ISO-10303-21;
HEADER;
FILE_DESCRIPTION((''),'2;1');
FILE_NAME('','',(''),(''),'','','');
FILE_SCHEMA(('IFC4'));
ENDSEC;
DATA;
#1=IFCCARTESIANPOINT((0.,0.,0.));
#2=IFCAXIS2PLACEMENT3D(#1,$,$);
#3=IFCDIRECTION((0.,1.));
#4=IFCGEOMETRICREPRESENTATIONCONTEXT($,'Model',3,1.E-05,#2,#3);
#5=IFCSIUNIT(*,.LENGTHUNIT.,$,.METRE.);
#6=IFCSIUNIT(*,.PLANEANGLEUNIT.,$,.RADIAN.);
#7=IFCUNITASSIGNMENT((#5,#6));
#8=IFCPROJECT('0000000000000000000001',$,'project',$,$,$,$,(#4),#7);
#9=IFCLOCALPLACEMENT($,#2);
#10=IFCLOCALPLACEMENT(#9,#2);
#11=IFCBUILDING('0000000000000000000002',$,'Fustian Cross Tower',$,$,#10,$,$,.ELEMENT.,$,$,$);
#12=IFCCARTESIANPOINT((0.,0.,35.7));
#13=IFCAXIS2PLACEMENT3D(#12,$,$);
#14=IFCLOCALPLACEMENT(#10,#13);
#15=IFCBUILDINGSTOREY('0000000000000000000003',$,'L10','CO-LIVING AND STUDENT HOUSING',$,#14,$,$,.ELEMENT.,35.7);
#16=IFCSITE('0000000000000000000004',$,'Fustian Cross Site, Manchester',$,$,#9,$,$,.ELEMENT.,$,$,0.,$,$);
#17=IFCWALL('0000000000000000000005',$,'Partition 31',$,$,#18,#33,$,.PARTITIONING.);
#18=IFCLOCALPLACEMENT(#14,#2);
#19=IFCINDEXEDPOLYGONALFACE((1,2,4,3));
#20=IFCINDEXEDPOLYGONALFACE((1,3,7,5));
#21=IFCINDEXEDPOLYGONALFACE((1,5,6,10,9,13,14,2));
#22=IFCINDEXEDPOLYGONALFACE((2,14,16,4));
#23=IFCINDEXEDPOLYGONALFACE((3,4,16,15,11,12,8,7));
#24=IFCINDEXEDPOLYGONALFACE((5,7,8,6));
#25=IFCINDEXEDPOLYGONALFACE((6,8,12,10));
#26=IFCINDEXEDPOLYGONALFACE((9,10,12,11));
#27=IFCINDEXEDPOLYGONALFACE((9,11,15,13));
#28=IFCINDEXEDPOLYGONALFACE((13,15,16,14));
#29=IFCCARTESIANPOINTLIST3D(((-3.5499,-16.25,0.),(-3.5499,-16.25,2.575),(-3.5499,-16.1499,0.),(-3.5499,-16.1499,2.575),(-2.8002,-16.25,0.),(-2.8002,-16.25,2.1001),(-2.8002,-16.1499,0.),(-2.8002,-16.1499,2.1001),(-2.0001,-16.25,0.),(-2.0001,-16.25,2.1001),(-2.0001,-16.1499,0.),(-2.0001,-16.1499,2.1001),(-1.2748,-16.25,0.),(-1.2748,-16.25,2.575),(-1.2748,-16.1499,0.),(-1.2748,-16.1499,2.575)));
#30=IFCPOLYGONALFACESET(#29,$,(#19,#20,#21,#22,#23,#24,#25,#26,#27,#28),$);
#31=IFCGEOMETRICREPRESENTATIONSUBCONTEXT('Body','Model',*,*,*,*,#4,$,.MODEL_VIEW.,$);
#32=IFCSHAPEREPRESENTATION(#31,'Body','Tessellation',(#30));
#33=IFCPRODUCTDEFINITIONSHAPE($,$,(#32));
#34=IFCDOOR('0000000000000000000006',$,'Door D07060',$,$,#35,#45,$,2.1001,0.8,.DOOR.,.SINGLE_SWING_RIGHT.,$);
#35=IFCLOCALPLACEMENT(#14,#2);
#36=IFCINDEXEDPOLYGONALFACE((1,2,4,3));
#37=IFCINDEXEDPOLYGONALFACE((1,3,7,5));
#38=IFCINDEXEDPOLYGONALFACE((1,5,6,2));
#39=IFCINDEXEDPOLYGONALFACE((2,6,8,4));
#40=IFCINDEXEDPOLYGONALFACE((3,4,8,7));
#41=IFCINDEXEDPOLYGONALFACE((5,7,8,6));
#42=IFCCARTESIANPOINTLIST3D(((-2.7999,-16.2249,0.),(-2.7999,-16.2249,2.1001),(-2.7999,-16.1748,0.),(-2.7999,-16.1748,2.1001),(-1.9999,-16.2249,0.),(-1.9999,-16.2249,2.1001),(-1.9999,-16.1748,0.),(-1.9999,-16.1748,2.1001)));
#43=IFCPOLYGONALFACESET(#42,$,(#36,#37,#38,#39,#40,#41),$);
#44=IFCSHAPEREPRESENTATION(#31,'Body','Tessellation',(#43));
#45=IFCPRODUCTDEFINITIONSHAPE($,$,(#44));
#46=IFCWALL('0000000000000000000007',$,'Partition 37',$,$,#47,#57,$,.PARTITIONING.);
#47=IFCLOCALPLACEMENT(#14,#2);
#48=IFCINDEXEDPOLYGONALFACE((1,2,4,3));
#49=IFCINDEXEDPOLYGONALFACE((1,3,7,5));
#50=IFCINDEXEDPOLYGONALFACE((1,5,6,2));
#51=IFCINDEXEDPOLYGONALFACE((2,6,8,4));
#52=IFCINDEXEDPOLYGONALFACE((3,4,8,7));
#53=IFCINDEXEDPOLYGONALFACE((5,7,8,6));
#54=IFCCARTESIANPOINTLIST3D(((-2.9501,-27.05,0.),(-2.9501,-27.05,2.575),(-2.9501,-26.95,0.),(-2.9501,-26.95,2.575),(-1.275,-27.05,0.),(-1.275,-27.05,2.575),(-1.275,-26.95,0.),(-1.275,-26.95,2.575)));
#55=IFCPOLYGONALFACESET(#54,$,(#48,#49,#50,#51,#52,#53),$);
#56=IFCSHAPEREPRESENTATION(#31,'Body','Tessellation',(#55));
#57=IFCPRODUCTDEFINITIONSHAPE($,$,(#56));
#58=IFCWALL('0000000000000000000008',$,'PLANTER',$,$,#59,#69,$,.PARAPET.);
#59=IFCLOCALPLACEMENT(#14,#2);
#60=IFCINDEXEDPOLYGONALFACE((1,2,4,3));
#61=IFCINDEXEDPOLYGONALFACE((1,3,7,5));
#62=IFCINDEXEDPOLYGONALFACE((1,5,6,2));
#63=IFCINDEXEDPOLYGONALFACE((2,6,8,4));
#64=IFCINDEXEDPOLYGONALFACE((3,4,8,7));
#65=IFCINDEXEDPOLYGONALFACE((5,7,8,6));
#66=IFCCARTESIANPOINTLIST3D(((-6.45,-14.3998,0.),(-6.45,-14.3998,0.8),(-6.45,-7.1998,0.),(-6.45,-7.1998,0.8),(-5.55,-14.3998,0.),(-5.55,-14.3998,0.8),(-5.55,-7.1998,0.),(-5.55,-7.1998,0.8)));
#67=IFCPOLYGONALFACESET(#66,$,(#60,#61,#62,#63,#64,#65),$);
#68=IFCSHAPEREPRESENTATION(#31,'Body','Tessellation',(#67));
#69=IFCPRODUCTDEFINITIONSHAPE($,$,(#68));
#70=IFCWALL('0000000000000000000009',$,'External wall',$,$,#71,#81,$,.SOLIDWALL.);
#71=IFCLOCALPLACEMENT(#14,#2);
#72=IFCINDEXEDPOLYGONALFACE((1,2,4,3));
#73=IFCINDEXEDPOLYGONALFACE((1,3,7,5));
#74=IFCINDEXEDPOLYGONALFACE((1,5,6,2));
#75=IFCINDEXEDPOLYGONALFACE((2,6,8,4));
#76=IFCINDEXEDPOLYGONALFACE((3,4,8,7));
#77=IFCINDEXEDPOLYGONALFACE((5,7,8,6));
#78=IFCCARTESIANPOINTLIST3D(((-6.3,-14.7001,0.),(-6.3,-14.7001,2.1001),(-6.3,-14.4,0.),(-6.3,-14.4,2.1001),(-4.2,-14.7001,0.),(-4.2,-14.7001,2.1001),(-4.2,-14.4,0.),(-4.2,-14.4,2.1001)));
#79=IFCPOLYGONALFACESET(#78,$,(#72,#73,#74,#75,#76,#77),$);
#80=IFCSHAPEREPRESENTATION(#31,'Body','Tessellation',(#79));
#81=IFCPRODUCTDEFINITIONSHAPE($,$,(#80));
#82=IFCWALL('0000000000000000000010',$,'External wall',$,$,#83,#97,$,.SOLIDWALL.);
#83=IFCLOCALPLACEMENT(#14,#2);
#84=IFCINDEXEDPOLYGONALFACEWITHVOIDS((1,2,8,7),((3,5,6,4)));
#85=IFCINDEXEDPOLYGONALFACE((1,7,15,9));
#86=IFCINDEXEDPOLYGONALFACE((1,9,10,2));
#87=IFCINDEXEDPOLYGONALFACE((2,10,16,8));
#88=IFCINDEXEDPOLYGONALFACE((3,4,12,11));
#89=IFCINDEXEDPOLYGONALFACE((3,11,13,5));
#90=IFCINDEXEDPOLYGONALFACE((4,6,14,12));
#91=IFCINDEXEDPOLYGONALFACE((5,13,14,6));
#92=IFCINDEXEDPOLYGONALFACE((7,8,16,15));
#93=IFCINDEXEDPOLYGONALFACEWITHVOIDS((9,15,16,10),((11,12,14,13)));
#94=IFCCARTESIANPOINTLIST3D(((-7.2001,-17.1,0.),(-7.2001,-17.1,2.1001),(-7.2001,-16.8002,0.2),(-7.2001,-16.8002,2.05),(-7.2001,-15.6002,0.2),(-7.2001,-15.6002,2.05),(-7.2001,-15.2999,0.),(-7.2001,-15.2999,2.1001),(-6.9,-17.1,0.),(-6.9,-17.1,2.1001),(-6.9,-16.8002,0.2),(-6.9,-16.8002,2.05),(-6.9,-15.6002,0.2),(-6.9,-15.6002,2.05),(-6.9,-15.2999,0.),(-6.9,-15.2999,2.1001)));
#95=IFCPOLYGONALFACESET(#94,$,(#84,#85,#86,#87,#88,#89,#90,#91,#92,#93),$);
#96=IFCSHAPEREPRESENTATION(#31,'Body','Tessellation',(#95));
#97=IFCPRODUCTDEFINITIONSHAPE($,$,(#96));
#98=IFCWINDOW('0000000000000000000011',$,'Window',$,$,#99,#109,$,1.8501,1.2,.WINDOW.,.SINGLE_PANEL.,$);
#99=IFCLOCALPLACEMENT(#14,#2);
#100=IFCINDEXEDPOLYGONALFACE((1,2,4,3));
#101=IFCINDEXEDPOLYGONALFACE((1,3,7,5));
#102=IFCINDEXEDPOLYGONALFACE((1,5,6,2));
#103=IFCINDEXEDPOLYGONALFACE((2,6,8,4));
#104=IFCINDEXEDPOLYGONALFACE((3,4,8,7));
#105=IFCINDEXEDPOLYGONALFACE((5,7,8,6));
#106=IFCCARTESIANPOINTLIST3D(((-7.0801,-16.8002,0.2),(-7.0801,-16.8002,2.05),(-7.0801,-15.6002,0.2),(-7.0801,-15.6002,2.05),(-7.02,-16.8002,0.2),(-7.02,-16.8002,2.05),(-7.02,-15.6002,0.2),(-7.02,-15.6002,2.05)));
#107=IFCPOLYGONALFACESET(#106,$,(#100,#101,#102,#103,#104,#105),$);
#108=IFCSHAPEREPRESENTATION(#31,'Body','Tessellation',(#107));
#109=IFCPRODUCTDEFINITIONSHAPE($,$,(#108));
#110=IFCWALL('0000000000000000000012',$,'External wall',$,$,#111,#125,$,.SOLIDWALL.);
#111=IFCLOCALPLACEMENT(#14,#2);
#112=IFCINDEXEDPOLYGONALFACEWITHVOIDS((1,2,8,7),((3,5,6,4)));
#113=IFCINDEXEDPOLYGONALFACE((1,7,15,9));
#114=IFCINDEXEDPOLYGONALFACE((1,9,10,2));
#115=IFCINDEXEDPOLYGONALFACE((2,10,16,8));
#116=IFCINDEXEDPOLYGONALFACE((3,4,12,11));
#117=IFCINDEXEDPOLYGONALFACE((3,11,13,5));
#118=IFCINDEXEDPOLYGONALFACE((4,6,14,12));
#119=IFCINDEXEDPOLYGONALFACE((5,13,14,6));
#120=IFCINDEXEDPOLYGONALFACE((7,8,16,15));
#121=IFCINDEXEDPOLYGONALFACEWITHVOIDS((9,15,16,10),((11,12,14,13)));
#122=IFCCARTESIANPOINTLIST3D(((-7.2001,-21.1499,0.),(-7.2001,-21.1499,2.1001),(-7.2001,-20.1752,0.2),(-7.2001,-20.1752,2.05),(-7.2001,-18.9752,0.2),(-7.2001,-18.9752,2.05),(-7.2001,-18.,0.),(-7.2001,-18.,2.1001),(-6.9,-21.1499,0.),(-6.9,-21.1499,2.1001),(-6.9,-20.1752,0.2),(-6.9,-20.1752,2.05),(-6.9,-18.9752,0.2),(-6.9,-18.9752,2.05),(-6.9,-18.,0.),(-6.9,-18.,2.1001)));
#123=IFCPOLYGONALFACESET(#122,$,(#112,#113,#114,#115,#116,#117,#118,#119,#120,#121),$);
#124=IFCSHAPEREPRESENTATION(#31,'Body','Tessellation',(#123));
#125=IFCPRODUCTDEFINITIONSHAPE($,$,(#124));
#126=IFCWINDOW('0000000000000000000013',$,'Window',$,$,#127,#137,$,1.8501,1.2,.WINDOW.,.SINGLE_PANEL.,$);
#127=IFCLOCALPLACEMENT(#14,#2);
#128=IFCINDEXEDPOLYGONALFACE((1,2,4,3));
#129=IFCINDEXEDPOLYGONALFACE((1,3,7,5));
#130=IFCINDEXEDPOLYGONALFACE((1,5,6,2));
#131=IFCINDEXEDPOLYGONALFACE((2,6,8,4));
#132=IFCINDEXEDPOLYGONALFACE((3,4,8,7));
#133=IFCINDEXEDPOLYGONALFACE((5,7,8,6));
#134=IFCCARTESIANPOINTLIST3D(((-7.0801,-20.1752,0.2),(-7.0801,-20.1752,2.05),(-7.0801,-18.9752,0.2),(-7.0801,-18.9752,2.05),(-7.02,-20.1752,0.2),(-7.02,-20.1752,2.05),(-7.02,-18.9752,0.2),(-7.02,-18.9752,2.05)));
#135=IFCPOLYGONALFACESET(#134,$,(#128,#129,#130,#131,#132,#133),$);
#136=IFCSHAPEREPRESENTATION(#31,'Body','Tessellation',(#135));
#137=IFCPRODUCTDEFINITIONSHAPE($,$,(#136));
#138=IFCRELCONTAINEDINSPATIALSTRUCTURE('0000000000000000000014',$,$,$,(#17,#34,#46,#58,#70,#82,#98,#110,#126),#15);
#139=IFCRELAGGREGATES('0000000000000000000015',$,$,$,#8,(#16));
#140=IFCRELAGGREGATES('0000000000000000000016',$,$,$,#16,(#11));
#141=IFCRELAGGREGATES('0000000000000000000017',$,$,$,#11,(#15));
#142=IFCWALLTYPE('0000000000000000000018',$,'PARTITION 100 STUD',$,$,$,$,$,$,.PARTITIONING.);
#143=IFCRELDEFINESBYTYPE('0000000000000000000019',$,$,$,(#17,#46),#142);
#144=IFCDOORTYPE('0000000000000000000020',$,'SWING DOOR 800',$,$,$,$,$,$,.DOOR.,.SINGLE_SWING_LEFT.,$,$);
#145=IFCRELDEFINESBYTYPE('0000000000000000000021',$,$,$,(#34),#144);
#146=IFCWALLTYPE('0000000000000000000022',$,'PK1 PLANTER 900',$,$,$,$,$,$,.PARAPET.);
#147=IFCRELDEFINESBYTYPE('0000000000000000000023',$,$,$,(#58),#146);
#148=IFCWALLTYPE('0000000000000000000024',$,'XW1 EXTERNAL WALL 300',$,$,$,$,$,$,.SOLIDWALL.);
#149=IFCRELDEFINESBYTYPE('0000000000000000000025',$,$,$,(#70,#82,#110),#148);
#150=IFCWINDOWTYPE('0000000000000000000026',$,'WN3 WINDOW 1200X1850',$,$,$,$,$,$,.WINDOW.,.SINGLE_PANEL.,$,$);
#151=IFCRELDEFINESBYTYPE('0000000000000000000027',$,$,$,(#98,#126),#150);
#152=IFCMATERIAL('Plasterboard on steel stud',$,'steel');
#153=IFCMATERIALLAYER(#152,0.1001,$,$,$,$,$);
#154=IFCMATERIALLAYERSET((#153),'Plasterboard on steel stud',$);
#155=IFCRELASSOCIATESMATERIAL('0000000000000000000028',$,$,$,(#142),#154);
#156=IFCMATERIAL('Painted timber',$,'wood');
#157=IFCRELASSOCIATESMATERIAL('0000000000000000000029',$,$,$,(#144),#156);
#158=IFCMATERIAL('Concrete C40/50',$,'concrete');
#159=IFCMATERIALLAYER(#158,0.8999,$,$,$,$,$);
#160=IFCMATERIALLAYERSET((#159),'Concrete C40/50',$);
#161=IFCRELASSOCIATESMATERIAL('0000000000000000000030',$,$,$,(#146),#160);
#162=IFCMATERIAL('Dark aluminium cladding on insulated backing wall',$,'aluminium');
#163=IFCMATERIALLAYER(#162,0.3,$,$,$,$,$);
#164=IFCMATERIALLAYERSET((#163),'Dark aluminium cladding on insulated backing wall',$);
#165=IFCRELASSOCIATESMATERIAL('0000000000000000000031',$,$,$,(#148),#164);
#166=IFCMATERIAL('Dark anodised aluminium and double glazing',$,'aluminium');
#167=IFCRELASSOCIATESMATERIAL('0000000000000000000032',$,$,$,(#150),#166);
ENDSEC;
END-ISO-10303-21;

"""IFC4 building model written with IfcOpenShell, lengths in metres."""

from ifc_helpers import new_model, si_unit, direction, frame, frame_2d, origin, place, context, subcontext, project, spatial, rectangle, extrude, material, layer, layer_set, type_object, element, fill, save


model = new_model("IFC4")

# Units and contexts
model_context = context("Model", 3, precision=1e-05, world=origin(), true_north=direction((0.0, 1.0)))
body_context = subcontext(model_context, "Body", "Model", "MODEL_VIEW")
ifc_project = project(units=[si_unit("LENGTHUNIT", "METRE"), si_unit("PLANEANGLEUNIT", "RADIAN")], contexts=[model_context])

# Site, building, storey
site_placement = place(None, origin())
site = spatial("IfcSite", under=ifc_project, at=site_placement, Name="Fustian Cross Site, Manchester", CompositionType="ELEMENT", RefElevation=0.0)
building_placement = place(site_placement, origin())
building = spatial("IfcBuilding", under=site, at=building_placement, Name="Fustian Cross Tower", CompositionType="ELEMENT")
storey_placement = place(building_placement, frame((0.0, 0.0, 35.7)))
storey = spatial("IfcBuildingStorey", under=building, at=storey_placement, Name="L10", Description="CO-LIVING AND STUDENT HOUSING", CompositionType="ELEMENT", Elevation=35.7)

# Shared definitions
ifc_material_1 = material(Name="Plasterboard on steel stud", Category="steel")
ifc_layer_1 = layer(ifc_material_1, 0.1001)
ifc_layer_set_1 = layer_set([ifc_layer_1], Name="Plasterboard on steel stud")
wall_type_1 = type_object("IfcWallType", Name="PARTITION 100 STUD", PredefinedType="PARTITIONING", material=ifc_layer_set_1)

# Wall, opening, door
wall_1_placement = place(storey_placement, frame((-3.55, -16.2, 0.0), z_axis=(0.0, 0.0, 1.0), x_axis=(1.0, 0.0, 0.0)))
wall_1 = element("IfcWall", 1, at=wall_1_placement, inside=storey, type_object=wall_type_1, Name="Partition 31", PredefinedType="PARTITIONING", context=body_context, shape_type="SweptSolid", body=[
    extrude(rectangle(XDim=2.2751, YDim=0.1001, at=frame_2d((1.1377, 0.0))), origin(), (0.0, 0.0, 1.0), 2.575),
])
opening_1_placement = place(wall_1_placement, frame((0.75, 0.0, 0.0)))
opening_1 = element("IfcOpeningElement", 2, at=opening_1_placement, cuts=wall_1, PredefinedType="OPENING", context=body_context, shape_type="SweptSolid", body=[
    extrude(rectangle(XDim=0.8, YDim=2.1001, at=frame_2d((0.3999, 1.05))), frame((0.0, 0.0601, 0.0), z_axis=(0.0, -1.0, 0.0), x_axis=(1.0, 0.0, 0.0)), (0.0, 0.0, 1.0), 0.1201),
])
ifc_material_2 = material(Name="Painted timber", Category="wood")
door_type = type_object("IfcDoorType", Name="SWING DOOR 800", OperationType="SINGLE_SWING_LEFT", PredefinedType="DOOR", material=ifc_material_2)
door_placement = place(opening_1_placement, frame((0.8, 0.0, 0.0), z_axis=(0.0, 0.0, 1.0), x_axis=(-1.0, 0.0, 0.0)))
door = element("IfcDoor", 3, at=door_placement, inside=storey, type_object=door_type, Name="Door D07060", OperationType="SINGLE_SWING_RIGHT", OverallHeight=2.1001, OverallWidth=0.8, PredefinedType="DOOR", context=body_context, shape_type="SweptSolid", body=[
    extrude(rectangle(XDim=0.8, YDim=2.1001, at=frame_2d((0.3999, 1.05))), frame((0.0, 0.0249, 0.0), z_axis=(0.0, -1.0, 0.0), x_axis=(1.0, 0.0, 0.0)), (0.0, 0.0, 1.0), 0.05),
])
fill(opening_1, door)

# Walls
wall_2_placement = place(storey_placement, frame((-2.95, -27.0, 0.0), z_axis=(0.0, 0.0, 1.0), x_axis=(1.0, 0.0, 0.0)))
element("IfcWall", 4, at=wall_2_placement, inside=storey, type_object=wall_type_1, Name="Partition 37", PredefinedType="PARTITIONING", context=body_context, shape_type="SweptSolid", body=[
    extrude(rectangle(XDim=1.675, YDim=0.1001, at=frame_2d((0.8374, 0.0))), origin(), (0.0, 0.0, 1.0), 2.575),
])
ifc_material_3 = material(Name="Concrete C40/50", Category="concrete")
ifc_layer_2 = layer(ifc_material_3, 0.8999)
ifc_layer_set_2 = layer_set([ifc_layer_2], Name="Concrete C40/50")
wall_type_2 = type_object("IfcWallType", Name="PK1 PLANTER 900", PredefinedType="PARAPET", material=ifc_layer_set_2)
wall_3_placement = place(storey_placement, frame((-6.0, -14.3999, 0.0), z_axis=(0.0, 0.0, 1.0), x_axis=(0.0, 1.0, 0.0)))
element("IfcWall", 5, at=wall_3_placement, inside=storey, type_object=wall_type_2, Name="PLANTER", PredefinedType="PARAPET", context=body_context, shape_type="SweptSolid", body=[
    extrude(rectangle(XDim=7.2, YDim=0.8999, at=frame_2d((3.6001, 0.0))), origin(), (0.0, 0.0, 1.0), 0.8),
])
ifc_material_4 = material(Name="Dark aluminium cladding on insulated backing wall", Category="aluminium")
ifc_layer_3 = layer(ifc_material_4, 0.3)
ifc_layer_set_3 = layer_set([ifc_layer_3], Name="Dark aluminium cladding on insulated backing wall")
wall_type_3 = type_object("IfcWallType", Name="XW1 EXTERNAL WALL 300", PredefinedType="SOLIDWALL", material=ifc_layer_set_3)
wall_4_placement = place(storey_placement, frame((-4.2, -14.55, 0.0), z_axis=(0.0, 0.0, 1.0), x_axis=(-1.0, 0.0, 0.0)))
element("IfcWall", 6, at=wall_4_placement, inside=storey, type_object=wall_type_3, Name="External wall", PredefinedType="SOLIDWALL", context=body_context, shape_type="SweptSolid", body=[
    extrude(rectangle(XDim=2.1001, YDim=0.3, at=frame_2d((1.05, 0.0))), origin(), (0.0, 0.0, 1.0), 2.1001),
])

# Walls, openings, windows
wall_5_placement = place(storey_placement, frame((-7.05, -15.3, 0.0), z_axis=(0.0, 0.0, 1.0), x_axis=(0.0, -1.0, 0.0)))
wall_5 = element("IfcWall", 7, at=wall_5_placement, inside=storey, type_object=wall_type_3, Name="External wall", PredefinedType="SOLIDWALL", context=body_context, shape_type="SweptSolid", body=[
    extrude(rectangle(XDim=1.8, YDim=0.3, at=frame_2d((0.8999, 0.0))), origin(), (0.0, 0.0, 1.0), 2.1001),
])
opening_2_placement = place(wall_5_placement, frame((0.3, 0.0, 0.2)))
opening_2 = element("IfcOpeningElement", 8, at=opening_2_placement, cuts=wall_5, PredefinedType="OPENING", context=body_context, shape_type="SweptSolid", body=[
    extrude(rectangle(XDim=1.2, YDim=1.8501, at=frame_2d((0.6001, 0.925))), frame((0.0, 0.1599, 0.0), z_axis=(0.0, -1.0, 0.0), x_axis=(1.0, 0.0, 0.0)), (0.0, 0.0, 1.0), 0.3201),
])
ifc_material_5 = material(Name="Dark anodised aluminium and double glazing", Category="aluminium")
window_type = type_object("IfcWindowType", Name="WN3 WINDOW 1200X1850", PartitioningType="SINGLE_PANEL", PredefinedType="WINDOW", material=ifc_material_5)
window_1_placement = place(opening_2_placement, origin())
window_1 = element("IfcWindow", 9, at=window_1_placement, inside=storey, type_object=window_type, Name="Window", OverallHeight=1.8501, OverallWidth=1.2, PartitioningType="SINGLE_PANEL", PredefinedType="WINDOW", context=body_context, shape_type="SweptSolid", body=[
    extrude(rectangle(XDim=1.2, YDim=1.8501, at=frame_2d((0.6001, 0.925))), frame((0.0, 0.03, 0.0), z_axis=(0.0, -1.0, 0.0), x_axis=(1.0, 0.0, 0.0)), (0.0, 0.0, 1.0), 0.0601),
])
fill(opening_2, window_1)
wall_6_placement = place(storey_placement, frame((-7.05, -18.0, 0.0), z_axis=(0.0, 0.0, 1.0), x_axis=(0.0, -1.0, 0.0)))
wall_6 = element("IfcWall", 10, at=wall_6_placement, inside=storey, type_object=wall_type_3, Name="External wall", PredefinedType="SOLIDWALL", context=body_context, shape_type="SweptSolid", body=[
    extrude(rectangle(XDim=3.1499, YDim=0.3, at=frame_2d((1.575, 0.0))), origin(), (0.0, 0.0, 1.0), 2.1001),
])
opening_3_placement = place(wall_6_placement, frame((0.9751, 0.0, 0.2)))
opening_3 = element("IfcOpeningElement", 11, at=opening_3_placement, cuts=wall_6, PredefinedType="OPENING", context=body_context, shape_type="SweptSolid", body=[
    extrude(rectangle(XDim=1.2, YDim=1.8501, at=frame_2d((0.6001, 0.925))), frame((0.0, 0.1599, 0.0), z_axis=(0.0, -1.0, 0.0), x_axis=(1.0, 0.0, 0.0)), (0.0, 0.0, 1.0), 0.3201),
])
window_2_placement = place(opening_3_placement, origin())
window_2 = element("IfcWindow", 12, at=window_2_placement, inside=storey, type_object=window_type, Name="Window", OverallHeight=1.8501, OverallWidth=1.2, PartitioningType="SINGLE_PANEL", PredefinedType="WINDOW", context=body_context, shape_type="SweptSolid", body=[
    extrude(rectangle(XDim=1.2, YDim=1.8501, at=frame_2d((0.6001, 0.925))), frame((0.0, 0.03, 0.0), z_axis=(0.0, -1.0, 0.0), x_axis=(1.0, 0.0, 0.0)), (0.0, 0.0, 1.0), 0.0601),
])
fill(opening_3, window_2)

save(model, "model.ifc")
